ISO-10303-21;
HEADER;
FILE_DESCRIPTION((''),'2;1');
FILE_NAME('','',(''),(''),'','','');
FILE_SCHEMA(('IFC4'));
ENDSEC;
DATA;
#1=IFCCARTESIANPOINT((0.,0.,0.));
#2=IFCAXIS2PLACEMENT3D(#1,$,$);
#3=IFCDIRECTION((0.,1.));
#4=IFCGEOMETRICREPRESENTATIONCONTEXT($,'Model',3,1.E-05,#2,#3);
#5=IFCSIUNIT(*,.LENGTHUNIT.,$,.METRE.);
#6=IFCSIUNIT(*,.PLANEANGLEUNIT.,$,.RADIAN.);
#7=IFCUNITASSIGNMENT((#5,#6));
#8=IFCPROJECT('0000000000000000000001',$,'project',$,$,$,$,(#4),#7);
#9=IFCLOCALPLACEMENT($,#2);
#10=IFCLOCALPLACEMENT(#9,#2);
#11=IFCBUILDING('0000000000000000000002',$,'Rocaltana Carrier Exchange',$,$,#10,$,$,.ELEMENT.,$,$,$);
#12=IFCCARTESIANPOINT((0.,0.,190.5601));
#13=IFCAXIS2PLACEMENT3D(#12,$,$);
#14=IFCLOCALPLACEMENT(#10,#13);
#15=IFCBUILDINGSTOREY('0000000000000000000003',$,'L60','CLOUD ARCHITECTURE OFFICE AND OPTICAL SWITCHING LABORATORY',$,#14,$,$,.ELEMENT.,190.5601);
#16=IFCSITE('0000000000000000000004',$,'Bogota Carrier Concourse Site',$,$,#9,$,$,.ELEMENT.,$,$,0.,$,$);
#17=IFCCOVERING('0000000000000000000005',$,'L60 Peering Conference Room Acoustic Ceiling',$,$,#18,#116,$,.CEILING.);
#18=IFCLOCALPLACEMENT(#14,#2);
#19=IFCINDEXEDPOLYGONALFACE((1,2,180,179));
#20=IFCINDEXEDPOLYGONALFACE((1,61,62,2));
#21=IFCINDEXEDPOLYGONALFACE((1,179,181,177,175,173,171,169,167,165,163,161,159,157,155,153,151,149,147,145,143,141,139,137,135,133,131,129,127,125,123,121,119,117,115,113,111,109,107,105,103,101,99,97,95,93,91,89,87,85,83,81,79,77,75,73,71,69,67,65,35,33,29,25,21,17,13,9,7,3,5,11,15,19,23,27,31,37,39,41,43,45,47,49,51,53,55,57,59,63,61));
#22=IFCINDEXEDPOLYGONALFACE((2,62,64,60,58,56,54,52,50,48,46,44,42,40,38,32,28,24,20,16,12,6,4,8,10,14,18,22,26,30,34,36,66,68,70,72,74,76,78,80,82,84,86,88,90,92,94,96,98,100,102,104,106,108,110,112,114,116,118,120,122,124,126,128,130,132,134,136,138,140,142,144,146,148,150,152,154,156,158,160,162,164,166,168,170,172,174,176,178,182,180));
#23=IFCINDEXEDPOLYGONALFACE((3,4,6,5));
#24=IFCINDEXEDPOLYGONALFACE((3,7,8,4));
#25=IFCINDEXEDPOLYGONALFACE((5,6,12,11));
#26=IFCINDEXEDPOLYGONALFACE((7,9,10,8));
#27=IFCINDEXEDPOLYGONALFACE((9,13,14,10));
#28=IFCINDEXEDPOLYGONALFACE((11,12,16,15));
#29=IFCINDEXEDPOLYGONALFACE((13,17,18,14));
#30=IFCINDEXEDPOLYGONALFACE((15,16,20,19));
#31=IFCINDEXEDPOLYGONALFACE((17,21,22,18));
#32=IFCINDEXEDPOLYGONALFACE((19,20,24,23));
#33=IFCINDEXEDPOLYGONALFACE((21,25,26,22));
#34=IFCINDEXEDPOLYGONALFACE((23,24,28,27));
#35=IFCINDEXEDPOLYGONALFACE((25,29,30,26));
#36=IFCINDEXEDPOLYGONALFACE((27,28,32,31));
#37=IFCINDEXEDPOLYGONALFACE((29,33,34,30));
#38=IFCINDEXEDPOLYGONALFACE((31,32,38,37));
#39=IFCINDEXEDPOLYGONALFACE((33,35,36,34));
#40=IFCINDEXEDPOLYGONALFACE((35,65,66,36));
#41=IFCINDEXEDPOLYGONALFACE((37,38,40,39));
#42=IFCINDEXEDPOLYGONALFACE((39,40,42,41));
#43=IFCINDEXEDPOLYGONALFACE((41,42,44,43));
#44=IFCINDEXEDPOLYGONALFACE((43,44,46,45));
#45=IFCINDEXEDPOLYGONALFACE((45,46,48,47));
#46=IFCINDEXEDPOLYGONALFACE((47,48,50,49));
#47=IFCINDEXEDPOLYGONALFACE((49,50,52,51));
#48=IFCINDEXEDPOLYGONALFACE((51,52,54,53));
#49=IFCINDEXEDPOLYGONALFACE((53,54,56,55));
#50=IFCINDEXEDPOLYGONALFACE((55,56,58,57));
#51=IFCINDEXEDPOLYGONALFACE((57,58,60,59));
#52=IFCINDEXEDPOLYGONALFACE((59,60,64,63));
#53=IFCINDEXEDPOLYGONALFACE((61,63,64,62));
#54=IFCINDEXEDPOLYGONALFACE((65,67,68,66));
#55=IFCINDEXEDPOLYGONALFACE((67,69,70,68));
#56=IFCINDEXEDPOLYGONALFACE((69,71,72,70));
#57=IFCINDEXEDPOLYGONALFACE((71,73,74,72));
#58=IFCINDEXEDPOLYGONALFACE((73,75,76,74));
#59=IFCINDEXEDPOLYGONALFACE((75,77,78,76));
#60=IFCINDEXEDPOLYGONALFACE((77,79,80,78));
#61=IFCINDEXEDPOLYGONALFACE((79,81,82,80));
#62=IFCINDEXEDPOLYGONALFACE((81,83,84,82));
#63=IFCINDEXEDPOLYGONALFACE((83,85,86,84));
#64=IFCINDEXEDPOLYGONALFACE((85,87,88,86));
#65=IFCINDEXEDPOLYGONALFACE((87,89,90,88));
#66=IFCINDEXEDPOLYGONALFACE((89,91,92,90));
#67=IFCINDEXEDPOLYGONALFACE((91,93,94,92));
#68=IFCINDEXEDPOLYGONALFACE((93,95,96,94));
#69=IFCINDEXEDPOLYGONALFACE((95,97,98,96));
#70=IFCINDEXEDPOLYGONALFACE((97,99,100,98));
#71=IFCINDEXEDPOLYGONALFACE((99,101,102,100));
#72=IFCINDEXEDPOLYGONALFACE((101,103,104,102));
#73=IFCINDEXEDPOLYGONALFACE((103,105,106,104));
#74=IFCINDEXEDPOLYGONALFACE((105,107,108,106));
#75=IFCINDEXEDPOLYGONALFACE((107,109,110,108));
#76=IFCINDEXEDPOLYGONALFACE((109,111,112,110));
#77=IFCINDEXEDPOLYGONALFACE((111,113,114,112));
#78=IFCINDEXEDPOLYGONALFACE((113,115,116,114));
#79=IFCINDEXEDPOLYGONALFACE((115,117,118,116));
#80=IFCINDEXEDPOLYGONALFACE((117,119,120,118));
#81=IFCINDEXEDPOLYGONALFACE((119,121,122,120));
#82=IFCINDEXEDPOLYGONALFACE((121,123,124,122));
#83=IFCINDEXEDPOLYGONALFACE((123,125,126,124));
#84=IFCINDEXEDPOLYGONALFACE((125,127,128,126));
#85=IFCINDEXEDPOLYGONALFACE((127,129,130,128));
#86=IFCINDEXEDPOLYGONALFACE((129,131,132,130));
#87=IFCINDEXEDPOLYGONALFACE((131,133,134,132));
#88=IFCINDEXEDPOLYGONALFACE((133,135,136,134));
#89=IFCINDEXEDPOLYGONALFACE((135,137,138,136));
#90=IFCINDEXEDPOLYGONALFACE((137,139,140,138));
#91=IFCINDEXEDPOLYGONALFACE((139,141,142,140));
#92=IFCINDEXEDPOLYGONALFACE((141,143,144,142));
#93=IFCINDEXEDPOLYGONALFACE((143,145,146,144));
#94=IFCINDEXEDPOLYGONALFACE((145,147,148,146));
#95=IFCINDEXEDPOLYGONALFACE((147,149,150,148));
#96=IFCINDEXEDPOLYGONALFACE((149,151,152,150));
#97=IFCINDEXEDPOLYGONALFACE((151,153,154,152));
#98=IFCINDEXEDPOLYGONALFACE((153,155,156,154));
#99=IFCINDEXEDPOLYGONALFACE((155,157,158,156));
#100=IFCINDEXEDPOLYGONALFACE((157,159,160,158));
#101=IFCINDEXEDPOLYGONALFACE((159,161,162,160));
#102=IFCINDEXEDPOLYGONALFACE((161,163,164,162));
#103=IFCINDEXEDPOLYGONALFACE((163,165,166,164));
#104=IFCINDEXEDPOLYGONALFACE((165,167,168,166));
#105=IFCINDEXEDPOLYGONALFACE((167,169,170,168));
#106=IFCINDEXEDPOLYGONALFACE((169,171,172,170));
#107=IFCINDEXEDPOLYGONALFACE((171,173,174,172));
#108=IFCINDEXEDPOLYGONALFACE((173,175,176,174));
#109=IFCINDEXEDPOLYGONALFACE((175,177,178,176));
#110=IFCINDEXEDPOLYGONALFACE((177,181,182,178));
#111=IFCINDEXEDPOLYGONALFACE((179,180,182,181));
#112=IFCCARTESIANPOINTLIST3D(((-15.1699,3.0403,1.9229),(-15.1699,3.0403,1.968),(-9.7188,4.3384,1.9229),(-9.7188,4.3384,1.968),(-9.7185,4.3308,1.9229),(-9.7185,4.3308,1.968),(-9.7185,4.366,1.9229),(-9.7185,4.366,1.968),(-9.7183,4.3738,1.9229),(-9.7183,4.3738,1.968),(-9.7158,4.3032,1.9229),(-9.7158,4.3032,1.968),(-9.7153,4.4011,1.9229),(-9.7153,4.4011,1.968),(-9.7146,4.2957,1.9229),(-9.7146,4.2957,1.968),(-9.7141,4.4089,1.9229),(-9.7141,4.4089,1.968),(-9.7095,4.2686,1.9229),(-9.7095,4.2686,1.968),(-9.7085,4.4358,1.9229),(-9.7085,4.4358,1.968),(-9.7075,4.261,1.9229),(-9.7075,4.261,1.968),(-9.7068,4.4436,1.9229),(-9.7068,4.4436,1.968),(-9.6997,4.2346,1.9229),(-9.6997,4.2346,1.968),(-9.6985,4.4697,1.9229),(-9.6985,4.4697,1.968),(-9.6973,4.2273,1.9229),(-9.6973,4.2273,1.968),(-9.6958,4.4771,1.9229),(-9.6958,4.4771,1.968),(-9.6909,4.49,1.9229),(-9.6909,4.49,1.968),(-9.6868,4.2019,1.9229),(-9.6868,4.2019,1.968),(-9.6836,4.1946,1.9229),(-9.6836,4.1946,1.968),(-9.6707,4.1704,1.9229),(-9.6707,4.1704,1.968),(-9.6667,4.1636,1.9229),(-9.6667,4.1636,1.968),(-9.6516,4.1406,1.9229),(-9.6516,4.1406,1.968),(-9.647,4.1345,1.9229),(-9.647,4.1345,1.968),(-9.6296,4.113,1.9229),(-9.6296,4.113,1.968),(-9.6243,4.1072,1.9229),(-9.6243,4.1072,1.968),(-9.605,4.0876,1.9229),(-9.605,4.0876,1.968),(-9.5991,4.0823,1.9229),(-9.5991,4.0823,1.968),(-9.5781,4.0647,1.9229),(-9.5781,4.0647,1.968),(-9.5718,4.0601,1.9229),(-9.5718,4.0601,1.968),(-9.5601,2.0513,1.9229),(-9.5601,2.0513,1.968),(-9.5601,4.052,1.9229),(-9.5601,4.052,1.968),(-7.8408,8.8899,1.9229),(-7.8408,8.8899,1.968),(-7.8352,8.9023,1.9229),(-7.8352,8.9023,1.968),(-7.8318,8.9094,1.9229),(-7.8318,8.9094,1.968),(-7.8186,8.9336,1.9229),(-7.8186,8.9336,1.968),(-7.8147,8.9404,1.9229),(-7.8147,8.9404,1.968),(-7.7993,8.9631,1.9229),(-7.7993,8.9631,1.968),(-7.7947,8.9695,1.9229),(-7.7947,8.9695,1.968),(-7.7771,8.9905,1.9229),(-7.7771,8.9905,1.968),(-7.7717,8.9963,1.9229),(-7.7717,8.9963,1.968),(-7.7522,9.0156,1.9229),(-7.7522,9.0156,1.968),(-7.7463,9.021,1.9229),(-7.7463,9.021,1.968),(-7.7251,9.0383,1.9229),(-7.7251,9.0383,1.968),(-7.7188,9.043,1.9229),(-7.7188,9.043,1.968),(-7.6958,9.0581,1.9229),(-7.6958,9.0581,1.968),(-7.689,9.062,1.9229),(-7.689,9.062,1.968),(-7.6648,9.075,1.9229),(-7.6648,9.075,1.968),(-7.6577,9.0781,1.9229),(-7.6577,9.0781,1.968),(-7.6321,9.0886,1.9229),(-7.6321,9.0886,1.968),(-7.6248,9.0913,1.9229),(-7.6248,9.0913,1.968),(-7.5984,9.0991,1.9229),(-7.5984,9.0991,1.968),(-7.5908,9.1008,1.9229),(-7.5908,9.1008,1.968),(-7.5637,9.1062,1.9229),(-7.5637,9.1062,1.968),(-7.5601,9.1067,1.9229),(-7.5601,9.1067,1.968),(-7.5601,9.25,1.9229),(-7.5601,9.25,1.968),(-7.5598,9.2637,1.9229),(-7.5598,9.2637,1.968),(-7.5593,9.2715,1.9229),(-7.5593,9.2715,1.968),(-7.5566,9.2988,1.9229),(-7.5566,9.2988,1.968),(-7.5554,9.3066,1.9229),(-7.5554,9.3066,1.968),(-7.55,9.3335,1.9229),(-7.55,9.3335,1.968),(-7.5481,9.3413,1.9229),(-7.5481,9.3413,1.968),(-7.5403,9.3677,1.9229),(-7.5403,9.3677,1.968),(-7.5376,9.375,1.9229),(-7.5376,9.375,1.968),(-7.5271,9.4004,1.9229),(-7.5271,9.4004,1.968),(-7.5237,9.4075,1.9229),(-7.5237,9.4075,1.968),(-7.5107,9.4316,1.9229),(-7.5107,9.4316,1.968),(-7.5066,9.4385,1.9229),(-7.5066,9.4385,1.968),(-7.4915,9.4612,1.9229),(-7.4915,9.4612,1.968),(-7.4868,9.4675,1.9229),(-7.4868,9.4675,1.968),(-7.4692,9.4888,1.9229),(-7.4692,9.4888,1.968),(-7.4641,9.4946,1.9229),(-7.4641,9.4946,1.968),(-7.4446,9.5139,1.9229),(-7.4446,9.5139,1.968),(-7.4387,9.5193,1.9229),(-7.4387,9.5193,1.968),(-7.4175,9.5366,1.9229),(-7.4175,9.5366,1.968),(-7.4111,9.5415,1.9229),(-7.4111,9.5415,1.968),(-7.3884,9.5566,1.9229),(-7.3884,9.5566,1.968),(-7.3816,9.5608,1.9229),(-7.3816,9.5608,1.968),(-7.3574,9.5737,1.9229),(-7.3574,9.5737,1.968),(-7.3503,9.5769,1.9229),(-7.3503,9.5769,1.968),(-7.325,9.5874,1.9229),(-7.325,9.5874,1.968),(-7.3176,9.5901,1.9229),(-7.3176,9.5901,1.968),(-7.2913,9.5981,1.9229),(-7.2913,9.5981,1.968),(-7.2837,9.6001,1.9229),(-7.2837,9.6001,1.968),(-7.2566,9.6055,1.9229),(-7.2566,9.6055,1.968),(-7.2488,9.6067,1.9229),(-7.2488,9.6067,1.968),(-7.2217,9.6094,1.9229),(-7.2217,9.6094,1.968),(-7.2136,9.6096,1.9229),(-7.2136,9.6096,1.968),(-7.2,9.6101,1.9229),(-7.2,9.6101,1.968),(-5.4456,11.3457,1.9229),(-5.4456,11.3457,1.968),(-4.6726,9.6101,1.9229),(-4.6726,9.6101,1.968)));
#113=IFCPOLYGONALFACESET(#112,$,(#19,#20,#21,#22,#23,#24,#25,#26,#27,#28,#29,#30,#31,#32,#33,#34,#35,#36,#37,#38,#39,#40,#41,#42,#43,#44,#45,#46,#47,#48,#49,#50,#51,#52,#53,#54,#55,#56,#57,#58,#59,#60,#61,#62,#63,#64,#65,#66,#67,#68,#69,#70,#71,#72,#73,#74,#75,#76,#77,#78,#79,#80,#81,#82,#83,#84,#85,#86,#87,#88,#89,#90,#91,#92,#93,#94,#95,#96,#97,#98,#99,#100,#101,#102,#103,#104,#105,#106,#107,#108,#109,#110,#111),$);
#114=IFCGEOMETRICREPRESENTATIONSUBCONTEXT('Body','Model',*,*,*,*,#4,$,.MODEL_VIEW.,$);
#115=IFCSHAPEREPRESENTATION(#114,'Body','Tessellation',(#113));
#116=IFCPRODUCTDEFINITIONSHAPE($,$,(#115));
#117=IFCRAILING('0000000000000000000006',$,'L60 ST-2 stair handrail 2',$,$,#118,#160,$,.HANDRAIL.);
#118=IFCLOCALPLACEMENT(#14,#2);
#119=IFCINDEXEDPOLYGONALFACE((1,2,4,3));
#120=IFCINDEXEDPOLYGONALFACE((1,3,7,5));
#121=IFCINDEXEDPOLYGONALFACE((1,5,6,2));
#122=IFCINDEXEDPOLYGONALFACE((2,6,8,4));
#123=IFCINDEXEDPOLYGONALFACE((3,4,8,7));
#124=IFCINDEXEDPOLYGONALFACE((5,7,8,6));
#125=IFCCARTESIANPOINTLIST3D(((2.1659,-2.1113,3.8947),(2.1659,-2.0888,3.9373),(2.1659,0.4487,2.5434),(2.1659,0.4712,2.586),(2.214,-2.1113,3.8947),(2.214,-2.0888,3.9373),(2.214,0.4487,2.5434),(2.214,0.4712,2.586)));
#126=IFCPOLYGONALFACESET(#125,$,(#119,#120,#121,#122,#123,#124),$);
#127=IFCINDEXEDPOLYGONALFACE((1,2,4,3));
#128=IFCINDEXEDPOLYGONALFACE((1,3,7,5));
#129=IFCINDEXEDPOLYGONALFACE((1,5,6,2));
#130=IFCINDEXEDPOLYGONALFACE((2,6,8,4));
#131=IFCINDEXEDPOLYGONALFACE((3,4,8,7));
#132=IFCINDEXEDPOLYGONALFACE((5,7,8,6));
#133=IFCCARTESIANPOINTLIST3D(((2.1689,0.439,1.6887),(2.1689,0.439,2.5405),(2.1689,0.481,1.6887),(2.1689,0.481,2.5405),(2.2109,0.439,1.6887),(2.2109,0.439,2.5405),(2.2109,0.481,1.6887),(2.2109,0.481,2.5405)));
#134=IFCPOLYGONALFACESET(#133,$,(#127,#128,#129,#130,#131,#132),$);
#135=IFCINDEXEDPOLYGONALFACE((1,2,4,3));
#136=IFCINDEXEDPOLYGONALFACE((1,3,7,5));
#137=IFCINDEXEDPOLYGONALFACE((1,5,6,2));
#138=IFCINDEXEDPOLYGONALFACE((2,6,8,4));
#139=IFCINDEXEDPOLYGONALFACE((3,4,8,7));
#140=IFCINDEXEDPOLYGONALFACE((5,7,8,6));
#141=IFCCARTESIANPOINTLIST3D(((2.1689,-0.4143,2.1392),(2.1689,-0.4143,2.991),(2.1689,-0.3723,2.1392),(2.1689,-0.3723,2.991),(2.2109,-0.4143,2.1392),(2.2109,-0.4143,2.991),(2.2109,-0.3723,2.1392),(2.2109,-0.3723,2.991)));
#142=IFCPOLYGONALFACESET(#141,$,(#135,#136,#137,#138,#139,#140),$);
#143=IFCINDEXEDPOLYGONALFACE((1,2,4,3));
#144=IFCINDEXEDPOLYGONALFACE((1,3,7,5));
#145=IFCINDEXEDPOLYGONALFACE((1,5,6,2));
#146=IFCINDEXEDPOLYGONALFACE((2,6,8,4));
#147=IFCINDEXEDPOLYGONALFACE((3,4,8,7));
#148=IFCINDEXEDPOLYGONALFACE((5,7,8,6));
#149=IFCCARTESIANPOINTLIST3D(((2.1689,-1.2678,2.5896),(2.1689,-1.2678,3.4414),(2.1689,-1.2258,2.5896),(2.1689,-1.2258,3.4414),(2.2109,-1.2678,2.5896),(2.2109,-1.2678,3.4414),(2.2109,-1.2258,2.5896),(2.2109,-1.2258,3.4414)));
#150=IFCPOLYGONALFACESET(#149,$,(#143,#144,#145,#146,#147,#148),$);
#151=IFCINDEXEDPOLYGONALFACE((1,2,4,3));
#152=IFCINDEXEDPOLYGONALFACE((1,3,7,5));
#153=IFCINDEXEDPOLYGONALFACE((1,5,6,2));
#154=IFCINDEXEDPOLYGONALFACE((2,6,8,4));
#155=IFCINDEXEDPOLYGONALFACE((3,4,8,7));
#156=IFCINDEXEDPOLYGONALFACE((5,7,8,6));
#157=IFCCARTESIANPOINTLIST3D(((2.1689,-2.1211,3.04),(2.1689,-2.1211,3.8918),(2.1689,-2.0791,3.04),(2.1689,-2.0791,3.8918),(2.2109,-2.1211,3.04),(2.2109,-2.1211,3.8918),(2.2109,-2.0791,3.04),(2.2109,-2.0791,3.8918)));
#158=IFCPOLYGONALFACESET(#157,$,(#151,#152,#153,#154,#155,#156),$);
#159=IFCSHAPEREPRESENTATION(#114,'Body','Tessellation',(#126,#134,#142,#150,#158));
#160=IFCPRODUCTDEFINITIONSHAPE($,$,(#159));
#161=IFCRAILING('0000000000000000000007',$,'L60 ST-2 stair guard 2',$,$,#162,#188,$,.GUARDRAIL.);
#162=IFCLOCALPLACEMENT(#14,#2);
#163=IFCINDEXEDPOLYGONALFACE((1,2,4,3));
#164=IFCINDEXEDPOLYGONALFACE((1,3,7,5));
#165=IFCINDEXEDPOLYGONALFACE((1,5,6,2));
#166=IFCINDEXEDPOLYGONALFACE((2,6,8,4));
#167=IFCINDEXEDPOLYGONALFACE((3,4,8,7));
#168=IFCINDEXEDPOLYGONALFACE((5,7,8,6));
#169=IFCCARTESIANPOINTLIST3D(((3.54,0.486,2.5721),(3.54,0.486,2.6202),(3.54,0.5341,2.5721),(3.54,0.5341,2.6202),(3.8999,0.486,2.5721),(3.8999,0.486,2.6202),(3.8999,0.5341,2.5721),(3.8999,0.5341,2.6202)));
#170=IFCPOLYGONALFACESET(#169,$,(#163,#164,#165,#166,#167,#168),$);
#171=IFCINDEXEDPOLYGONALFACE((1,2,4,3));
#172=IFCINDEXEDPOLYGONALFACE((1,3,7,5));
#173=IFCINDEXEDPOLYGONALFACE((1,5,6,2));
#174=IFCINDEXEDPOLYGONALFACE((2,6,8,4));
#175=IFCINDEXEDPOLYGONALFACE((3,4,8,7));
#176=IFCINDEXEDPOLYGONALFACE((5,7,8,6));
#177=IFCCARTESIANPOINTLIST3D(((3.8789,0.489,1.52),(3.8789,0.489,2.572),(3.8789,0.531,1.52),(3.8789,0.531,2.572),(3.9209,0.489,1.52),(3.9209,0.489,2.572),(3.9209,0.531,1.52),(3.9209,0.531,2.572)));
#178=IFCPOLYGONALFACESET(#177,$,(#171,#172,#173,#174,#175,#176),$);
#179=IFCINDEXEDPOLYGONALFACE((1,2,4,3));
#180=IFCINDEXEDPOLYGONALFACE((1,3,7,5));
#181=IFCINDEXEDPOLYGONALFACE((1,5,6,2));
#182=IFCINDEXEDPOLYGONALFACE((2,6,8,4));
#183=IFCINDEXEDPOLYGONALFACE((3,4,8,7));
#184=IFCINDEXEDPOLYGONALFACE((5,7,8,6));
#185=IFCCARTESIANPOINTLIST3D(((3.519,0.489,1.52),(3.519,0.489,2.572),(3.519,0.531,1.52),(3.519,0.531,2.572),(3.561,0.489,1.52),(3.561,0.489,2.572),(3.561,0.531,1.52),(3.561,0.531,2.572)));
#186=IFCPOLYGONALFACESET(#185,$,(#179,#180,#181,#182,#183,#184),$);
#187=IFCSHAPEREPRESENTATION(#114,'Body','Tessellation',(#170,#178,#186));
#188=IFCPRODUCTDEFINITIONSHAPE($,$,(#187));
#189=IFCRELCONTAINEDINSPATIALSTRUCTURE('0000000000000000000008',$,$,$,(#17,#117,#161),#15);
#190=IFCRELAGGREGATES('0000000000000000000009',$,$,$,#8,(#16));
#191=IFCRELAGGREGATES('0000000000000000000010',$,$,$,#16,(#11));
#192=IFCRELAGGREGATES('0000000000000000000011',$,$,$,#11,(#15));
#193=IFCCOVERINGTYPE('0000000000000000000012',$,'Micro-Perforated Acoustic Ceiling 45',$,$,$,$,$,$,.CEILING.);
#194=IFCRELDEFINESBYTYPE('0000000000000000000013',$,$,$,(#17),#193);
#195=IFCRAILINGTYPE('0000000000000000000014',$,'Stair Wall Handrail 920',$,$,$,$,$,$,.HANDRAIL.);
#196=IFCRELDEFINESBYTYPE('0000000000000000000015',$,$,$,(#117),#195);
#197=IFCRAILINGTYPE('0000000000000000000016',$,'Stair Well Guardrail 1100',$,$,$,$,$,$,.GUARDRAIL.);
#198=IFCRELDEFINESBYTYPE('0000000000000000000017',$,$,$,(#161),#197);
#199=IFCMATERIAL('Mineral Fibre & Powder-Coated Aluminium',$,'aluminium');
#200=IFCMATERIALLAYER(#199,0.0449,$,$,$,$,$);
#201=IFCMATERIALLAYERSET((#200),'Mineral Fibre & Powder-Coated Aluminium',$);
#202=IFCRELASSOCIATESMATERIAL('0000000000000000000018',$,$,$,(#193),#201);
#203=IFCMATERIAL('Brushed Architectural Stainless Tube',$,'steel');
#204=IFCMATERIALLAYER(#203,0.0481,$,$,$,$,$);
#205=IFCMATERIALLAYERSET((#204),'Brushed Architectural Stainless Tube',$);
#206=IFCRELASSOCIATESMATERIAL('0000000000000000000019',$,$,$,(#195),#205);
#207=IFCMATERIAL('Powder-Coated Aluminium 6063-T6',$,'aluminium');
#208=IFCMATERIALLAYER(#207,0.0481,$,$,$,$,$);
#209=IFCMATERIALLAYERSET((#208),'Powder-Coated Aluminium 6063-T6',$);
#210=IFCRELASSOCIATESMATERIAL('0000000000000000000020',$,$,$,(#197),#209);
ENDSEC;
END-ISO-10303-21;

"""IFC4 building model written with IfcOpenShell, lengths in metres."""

from ifc_helpers import new_model, si_unit, direction, frame, origin, origin_2d, place, context, subcontext, project, spatial, polyline, rectangle, outline, extrude, material, layer, layer_set, type_object, element, save


model = new_model("IFC4")

# Units and contexts
model_context = context("Model", 3, precision=1e-05, world=origin(), true_north=direction((0.0, 1.0)))
body_context = subcontext(model_context, "Body", "Model", "MODEL_VIEW")
ifc_project = project(units=[si_unit("LENGTHUNIT", "METRE"), si_unit("PLANEANGLEUNIT", "RADIAN")], contexts=[model_context])

# Site, building, storey
site_placement = place(None, origin())
site = spatial("IfcSite", under=ifc_project, at=site_placement, Name="Bogota Carrier Concourse Site", CompositionType="ELEMENT", RefElevation=0.0)
building_placement = place(site_placement, origin())
building = spatial("IfcBuilding", under=site, at=building_placement, Name="Rocaltana Carrier Exchange", CompositionType="ELEMENT")
storey_placement = place(building_placement, frame((0.0, 0.0, 190.5601)))
storey = spatial("IfcBuildingStorey", under=building, at=storey_placement, Name="L60", Description="CLOUD ARCHITECTURE OFFICE AND OPTICAL SWITCHING LABORATORY", CompositionType="ELEMENT", Elevation=190.5601)

# Covering
ifc_material_1 = material(Name="Mineral Fibre & Powder-Coated Aluminium", Category="aluminium")
ifc_layer_1 = layer(ifc_material_1, 0.0449)
ifc_layer_set_1 = layer_set([ifc_layer_1], Name="Mineral Fibre & Powder-Coated Aluminium")
covering_type_1 = type_object("IfcCoveringType", Name="Micro-Perforated Acoustic Ceiling 45", PredefinedType="CEILING", material=ifc_layer_set_1)
covering_1_placement = place(storey_placement, frame((0.0, 0.0, 1.9229)))
element("IfcCovering", 1, at=covering_1_placement, inside=storey, type_object=covering_type_1, Name="L60 Peering Conference Room Acoustic Ceiling", PredefinedType="CEILING", context=body_context, shape_type="SweptSolid", body=[
    extrude(outline(polyline([(-9.5601, 4.052), (-9.5601, 2.0513), (-15.1699, 3.0403), (-5.4456, 11.3457), (-4.6726, 9.6101), (-7.2, 9.6101), (-7.2136, 9.6096), (-7.2217, 9.6094), (-7.2488, 9.6067), (-7.2566, 9.6055), (-7.2837, 9.6001), (-7.2913, 9.5981), (-7.3176, 9.5901), (-7.325, 9.5874), (-7.3503, 9.5769), (-7.3574, 9.5737), (-7.3816, 9.5608), (-7.3884, 9.5566), (-7.4111, 9.5415), (-7.4175, 9.5366), (-7.4387, 9.5193), (-7.4446, 9.5139), (-7.4641, 9.4946), (-7.4692, 9.4888), (-7.4868, 9.4675), (-7.4915, 9.4612), (-7.5066, 9.4385), (-7.5107, 9.4316), (-7.5237, 9.4075), (-7.5271, 9.4004), (-7.5376, 9.375), (-7.5403, 9.3677), (-7.5481, 9.3413), (-7.55, 9.3335), (-7.5554, 9.3066), (-7.5566, 9.2988), (-7.5593, 9.2715), (-7.5598, 9.2637), (-7.5601, 9.25), (-7.5601, 9.1067), (-7.5637, 9.1062), (-7.5908, 9.1008), (-7.5984, 9.0991), (-7.6248, 9.0913), (-7.6321, 9.0886), (-7.6577, 9.0781), (-7.6648, 9.075), (-7.689, 9.062), (-7.6958, 9.0581), (-7.7188, 9.043), (-7.7251, 9.0383), (-7.7463, 9.021), (-7.7522, 9.0156), (-7.7717, 8.9963), (-7.7771, 8.9905), (-7.7947, 8.9695), (-7.7993, 8.9631), (-7.8147, 8.9404), (-7.8186, 8.9336), (-7.8318, 8.9094), (-7.8352, 8.9023), (-7.8408, 8.8899), (-9.6909, 4.49), (-9.6958, 4.4771), (-9.6985, 4.4697), (-9.7068, 4.4436), (-9.7085, 4.4358), (-9.7141, 4.4089), (-9.7153, 4.4011), (-9.7183, 4.3738), (-9.7185, 4.366), (-9.7188, 4.3384), (-9.7185, 4.3308), (-9.7158, 4.3032), (-9.7146, 4.2957), (-9.7095, 4.2686), (-9.7075, 4.261), (-9.6997, 4.2346), (-9.6973, 4.2273), (-9.6868, 4.2019), (-9.6836, 4.1946), (-9.6707, 4.1704), (-9.6667, 4.1636), (-9.6516, 4.1406), (-9.647, 4.1345), (-9.6296, 4.113), (-9.6243, 4.1072), (-9.605, 4.0876), (-9.5991, 4.0823), (-9.5781, 4.0647), (-9.5718, 4.0601), (-9.5601, 4.052)])), origin(), (0.0, 0.0, 1.0), 0.0452),
])

# Railings
ifc_material_2 = material(Name="Brushed Architectural Stainless Tube", Category="steel")
ifc_layer_2 = layer(ifc_material_2, 0.0481)
ifc_layer_set_2 = layer_set([ifc_layer_2], Name="Brushed Architectural Stainless Tube")
railing_type_1 = type_object("IfcRailingType", Name="Stair Wall Handrail 920", PredefinedType="HANDRAIL", material=ifc_layer_set_2)
railing_1_placement = place(storey_placement, frame((2.1899, 0.46, 1.6887)))
element("IfcRailing", 2, at=railing_1_placement, inside=storey, type_object=railing_type_1, Name="L60 ST-2 stair handrail 2", PredefinedType="HANDRAIL", context=body_context, shape_type="SweptSolid", body=[
    extrude(rectangle(XDim=0.0481, YDim=0.0481, at=origin_2d()), frame((0.0, 0.0, 0.876), z_axis=(0.0, -0.88436, 0.466806), x_axis=(1.0, 0.0, 0.0)), (0.0, 0.0, 1.0), 2.8948),
    extrude(rectangle(XDim=0.042, YDim=0.042, at=origin_2d()), origin(), (0.0, 0.0, 1.0), 0.8518),
    extrude(rectangle(XDim=0.042, YDim=0.042, at=origin_2d()), frame((0.0, -0.8533, 0.4504)), (0.0, 0.0, 1.0), 0.8518),
    extrude(rectangle(XDim=0.042, YDim=0.042, at=origin_2d()), frame((0.0, -1.7068, 0.9009)), (0.0, 0.0, 1.0), 0.8518),
    extrude(rectangle(XDim=0.042, YDim=0.042, at=origin_2d()), frame((0.0, -2.5601, 1.3513)), (0.0, 0.0, 1.0), 0.8518),
])
ifc_material_3 = material(Name="Powder-Coated Aluminium 6063-T6", Category="aluminium")
ifc_layer_3 = layer(ifc_material_3, 0.0481)
ifc_layer_set_3 = layer_set([ifc_layer_3], Name="Powder-Coated Aluminium 6063-T6")
railing_type_2 = type_object("IfcRailingType", Name="Stair Well Guardrail 1100", PredefinedType="GUARDRAIL", material=ifc_layer_set_3)
railing_2_placement = place(storey_placement, frame((3.8999, 0.51, 1.52)))
element("IfcRailing", 3, at=railing_2_placement, inside=storey, type_object=railing_type_2, Name="L60 ST-2 stair guard 2", PredefinedType="GUARDRAIL", context=body_context, shape_type="SweptSolid", body=[
    extrude(rectangle(XDim=0.0481, YDim=0.0481, at=origin_2d()), frame((0.0, 0.0, 1.0762), z_axis=(-1.0, 0.0, 0.0), x_axis=(0.0, -1.0, 0.0)), (0.0, 0.0, 1.0), 0.3599),
    extrude(rectangle(XDim=0.042, YDim=0.042, at=origin_2d()), origin(), (0.0, 0.0, 1.0), 1.052),
    extrude(rectangle(XDim=0.042, YDim=0.042, at=origin_2d()), frame((-0.3599, 0.0, 0.0)), (0.0, 0.0, 1.0), 1.052),
])

save(model, "model.ifc")
